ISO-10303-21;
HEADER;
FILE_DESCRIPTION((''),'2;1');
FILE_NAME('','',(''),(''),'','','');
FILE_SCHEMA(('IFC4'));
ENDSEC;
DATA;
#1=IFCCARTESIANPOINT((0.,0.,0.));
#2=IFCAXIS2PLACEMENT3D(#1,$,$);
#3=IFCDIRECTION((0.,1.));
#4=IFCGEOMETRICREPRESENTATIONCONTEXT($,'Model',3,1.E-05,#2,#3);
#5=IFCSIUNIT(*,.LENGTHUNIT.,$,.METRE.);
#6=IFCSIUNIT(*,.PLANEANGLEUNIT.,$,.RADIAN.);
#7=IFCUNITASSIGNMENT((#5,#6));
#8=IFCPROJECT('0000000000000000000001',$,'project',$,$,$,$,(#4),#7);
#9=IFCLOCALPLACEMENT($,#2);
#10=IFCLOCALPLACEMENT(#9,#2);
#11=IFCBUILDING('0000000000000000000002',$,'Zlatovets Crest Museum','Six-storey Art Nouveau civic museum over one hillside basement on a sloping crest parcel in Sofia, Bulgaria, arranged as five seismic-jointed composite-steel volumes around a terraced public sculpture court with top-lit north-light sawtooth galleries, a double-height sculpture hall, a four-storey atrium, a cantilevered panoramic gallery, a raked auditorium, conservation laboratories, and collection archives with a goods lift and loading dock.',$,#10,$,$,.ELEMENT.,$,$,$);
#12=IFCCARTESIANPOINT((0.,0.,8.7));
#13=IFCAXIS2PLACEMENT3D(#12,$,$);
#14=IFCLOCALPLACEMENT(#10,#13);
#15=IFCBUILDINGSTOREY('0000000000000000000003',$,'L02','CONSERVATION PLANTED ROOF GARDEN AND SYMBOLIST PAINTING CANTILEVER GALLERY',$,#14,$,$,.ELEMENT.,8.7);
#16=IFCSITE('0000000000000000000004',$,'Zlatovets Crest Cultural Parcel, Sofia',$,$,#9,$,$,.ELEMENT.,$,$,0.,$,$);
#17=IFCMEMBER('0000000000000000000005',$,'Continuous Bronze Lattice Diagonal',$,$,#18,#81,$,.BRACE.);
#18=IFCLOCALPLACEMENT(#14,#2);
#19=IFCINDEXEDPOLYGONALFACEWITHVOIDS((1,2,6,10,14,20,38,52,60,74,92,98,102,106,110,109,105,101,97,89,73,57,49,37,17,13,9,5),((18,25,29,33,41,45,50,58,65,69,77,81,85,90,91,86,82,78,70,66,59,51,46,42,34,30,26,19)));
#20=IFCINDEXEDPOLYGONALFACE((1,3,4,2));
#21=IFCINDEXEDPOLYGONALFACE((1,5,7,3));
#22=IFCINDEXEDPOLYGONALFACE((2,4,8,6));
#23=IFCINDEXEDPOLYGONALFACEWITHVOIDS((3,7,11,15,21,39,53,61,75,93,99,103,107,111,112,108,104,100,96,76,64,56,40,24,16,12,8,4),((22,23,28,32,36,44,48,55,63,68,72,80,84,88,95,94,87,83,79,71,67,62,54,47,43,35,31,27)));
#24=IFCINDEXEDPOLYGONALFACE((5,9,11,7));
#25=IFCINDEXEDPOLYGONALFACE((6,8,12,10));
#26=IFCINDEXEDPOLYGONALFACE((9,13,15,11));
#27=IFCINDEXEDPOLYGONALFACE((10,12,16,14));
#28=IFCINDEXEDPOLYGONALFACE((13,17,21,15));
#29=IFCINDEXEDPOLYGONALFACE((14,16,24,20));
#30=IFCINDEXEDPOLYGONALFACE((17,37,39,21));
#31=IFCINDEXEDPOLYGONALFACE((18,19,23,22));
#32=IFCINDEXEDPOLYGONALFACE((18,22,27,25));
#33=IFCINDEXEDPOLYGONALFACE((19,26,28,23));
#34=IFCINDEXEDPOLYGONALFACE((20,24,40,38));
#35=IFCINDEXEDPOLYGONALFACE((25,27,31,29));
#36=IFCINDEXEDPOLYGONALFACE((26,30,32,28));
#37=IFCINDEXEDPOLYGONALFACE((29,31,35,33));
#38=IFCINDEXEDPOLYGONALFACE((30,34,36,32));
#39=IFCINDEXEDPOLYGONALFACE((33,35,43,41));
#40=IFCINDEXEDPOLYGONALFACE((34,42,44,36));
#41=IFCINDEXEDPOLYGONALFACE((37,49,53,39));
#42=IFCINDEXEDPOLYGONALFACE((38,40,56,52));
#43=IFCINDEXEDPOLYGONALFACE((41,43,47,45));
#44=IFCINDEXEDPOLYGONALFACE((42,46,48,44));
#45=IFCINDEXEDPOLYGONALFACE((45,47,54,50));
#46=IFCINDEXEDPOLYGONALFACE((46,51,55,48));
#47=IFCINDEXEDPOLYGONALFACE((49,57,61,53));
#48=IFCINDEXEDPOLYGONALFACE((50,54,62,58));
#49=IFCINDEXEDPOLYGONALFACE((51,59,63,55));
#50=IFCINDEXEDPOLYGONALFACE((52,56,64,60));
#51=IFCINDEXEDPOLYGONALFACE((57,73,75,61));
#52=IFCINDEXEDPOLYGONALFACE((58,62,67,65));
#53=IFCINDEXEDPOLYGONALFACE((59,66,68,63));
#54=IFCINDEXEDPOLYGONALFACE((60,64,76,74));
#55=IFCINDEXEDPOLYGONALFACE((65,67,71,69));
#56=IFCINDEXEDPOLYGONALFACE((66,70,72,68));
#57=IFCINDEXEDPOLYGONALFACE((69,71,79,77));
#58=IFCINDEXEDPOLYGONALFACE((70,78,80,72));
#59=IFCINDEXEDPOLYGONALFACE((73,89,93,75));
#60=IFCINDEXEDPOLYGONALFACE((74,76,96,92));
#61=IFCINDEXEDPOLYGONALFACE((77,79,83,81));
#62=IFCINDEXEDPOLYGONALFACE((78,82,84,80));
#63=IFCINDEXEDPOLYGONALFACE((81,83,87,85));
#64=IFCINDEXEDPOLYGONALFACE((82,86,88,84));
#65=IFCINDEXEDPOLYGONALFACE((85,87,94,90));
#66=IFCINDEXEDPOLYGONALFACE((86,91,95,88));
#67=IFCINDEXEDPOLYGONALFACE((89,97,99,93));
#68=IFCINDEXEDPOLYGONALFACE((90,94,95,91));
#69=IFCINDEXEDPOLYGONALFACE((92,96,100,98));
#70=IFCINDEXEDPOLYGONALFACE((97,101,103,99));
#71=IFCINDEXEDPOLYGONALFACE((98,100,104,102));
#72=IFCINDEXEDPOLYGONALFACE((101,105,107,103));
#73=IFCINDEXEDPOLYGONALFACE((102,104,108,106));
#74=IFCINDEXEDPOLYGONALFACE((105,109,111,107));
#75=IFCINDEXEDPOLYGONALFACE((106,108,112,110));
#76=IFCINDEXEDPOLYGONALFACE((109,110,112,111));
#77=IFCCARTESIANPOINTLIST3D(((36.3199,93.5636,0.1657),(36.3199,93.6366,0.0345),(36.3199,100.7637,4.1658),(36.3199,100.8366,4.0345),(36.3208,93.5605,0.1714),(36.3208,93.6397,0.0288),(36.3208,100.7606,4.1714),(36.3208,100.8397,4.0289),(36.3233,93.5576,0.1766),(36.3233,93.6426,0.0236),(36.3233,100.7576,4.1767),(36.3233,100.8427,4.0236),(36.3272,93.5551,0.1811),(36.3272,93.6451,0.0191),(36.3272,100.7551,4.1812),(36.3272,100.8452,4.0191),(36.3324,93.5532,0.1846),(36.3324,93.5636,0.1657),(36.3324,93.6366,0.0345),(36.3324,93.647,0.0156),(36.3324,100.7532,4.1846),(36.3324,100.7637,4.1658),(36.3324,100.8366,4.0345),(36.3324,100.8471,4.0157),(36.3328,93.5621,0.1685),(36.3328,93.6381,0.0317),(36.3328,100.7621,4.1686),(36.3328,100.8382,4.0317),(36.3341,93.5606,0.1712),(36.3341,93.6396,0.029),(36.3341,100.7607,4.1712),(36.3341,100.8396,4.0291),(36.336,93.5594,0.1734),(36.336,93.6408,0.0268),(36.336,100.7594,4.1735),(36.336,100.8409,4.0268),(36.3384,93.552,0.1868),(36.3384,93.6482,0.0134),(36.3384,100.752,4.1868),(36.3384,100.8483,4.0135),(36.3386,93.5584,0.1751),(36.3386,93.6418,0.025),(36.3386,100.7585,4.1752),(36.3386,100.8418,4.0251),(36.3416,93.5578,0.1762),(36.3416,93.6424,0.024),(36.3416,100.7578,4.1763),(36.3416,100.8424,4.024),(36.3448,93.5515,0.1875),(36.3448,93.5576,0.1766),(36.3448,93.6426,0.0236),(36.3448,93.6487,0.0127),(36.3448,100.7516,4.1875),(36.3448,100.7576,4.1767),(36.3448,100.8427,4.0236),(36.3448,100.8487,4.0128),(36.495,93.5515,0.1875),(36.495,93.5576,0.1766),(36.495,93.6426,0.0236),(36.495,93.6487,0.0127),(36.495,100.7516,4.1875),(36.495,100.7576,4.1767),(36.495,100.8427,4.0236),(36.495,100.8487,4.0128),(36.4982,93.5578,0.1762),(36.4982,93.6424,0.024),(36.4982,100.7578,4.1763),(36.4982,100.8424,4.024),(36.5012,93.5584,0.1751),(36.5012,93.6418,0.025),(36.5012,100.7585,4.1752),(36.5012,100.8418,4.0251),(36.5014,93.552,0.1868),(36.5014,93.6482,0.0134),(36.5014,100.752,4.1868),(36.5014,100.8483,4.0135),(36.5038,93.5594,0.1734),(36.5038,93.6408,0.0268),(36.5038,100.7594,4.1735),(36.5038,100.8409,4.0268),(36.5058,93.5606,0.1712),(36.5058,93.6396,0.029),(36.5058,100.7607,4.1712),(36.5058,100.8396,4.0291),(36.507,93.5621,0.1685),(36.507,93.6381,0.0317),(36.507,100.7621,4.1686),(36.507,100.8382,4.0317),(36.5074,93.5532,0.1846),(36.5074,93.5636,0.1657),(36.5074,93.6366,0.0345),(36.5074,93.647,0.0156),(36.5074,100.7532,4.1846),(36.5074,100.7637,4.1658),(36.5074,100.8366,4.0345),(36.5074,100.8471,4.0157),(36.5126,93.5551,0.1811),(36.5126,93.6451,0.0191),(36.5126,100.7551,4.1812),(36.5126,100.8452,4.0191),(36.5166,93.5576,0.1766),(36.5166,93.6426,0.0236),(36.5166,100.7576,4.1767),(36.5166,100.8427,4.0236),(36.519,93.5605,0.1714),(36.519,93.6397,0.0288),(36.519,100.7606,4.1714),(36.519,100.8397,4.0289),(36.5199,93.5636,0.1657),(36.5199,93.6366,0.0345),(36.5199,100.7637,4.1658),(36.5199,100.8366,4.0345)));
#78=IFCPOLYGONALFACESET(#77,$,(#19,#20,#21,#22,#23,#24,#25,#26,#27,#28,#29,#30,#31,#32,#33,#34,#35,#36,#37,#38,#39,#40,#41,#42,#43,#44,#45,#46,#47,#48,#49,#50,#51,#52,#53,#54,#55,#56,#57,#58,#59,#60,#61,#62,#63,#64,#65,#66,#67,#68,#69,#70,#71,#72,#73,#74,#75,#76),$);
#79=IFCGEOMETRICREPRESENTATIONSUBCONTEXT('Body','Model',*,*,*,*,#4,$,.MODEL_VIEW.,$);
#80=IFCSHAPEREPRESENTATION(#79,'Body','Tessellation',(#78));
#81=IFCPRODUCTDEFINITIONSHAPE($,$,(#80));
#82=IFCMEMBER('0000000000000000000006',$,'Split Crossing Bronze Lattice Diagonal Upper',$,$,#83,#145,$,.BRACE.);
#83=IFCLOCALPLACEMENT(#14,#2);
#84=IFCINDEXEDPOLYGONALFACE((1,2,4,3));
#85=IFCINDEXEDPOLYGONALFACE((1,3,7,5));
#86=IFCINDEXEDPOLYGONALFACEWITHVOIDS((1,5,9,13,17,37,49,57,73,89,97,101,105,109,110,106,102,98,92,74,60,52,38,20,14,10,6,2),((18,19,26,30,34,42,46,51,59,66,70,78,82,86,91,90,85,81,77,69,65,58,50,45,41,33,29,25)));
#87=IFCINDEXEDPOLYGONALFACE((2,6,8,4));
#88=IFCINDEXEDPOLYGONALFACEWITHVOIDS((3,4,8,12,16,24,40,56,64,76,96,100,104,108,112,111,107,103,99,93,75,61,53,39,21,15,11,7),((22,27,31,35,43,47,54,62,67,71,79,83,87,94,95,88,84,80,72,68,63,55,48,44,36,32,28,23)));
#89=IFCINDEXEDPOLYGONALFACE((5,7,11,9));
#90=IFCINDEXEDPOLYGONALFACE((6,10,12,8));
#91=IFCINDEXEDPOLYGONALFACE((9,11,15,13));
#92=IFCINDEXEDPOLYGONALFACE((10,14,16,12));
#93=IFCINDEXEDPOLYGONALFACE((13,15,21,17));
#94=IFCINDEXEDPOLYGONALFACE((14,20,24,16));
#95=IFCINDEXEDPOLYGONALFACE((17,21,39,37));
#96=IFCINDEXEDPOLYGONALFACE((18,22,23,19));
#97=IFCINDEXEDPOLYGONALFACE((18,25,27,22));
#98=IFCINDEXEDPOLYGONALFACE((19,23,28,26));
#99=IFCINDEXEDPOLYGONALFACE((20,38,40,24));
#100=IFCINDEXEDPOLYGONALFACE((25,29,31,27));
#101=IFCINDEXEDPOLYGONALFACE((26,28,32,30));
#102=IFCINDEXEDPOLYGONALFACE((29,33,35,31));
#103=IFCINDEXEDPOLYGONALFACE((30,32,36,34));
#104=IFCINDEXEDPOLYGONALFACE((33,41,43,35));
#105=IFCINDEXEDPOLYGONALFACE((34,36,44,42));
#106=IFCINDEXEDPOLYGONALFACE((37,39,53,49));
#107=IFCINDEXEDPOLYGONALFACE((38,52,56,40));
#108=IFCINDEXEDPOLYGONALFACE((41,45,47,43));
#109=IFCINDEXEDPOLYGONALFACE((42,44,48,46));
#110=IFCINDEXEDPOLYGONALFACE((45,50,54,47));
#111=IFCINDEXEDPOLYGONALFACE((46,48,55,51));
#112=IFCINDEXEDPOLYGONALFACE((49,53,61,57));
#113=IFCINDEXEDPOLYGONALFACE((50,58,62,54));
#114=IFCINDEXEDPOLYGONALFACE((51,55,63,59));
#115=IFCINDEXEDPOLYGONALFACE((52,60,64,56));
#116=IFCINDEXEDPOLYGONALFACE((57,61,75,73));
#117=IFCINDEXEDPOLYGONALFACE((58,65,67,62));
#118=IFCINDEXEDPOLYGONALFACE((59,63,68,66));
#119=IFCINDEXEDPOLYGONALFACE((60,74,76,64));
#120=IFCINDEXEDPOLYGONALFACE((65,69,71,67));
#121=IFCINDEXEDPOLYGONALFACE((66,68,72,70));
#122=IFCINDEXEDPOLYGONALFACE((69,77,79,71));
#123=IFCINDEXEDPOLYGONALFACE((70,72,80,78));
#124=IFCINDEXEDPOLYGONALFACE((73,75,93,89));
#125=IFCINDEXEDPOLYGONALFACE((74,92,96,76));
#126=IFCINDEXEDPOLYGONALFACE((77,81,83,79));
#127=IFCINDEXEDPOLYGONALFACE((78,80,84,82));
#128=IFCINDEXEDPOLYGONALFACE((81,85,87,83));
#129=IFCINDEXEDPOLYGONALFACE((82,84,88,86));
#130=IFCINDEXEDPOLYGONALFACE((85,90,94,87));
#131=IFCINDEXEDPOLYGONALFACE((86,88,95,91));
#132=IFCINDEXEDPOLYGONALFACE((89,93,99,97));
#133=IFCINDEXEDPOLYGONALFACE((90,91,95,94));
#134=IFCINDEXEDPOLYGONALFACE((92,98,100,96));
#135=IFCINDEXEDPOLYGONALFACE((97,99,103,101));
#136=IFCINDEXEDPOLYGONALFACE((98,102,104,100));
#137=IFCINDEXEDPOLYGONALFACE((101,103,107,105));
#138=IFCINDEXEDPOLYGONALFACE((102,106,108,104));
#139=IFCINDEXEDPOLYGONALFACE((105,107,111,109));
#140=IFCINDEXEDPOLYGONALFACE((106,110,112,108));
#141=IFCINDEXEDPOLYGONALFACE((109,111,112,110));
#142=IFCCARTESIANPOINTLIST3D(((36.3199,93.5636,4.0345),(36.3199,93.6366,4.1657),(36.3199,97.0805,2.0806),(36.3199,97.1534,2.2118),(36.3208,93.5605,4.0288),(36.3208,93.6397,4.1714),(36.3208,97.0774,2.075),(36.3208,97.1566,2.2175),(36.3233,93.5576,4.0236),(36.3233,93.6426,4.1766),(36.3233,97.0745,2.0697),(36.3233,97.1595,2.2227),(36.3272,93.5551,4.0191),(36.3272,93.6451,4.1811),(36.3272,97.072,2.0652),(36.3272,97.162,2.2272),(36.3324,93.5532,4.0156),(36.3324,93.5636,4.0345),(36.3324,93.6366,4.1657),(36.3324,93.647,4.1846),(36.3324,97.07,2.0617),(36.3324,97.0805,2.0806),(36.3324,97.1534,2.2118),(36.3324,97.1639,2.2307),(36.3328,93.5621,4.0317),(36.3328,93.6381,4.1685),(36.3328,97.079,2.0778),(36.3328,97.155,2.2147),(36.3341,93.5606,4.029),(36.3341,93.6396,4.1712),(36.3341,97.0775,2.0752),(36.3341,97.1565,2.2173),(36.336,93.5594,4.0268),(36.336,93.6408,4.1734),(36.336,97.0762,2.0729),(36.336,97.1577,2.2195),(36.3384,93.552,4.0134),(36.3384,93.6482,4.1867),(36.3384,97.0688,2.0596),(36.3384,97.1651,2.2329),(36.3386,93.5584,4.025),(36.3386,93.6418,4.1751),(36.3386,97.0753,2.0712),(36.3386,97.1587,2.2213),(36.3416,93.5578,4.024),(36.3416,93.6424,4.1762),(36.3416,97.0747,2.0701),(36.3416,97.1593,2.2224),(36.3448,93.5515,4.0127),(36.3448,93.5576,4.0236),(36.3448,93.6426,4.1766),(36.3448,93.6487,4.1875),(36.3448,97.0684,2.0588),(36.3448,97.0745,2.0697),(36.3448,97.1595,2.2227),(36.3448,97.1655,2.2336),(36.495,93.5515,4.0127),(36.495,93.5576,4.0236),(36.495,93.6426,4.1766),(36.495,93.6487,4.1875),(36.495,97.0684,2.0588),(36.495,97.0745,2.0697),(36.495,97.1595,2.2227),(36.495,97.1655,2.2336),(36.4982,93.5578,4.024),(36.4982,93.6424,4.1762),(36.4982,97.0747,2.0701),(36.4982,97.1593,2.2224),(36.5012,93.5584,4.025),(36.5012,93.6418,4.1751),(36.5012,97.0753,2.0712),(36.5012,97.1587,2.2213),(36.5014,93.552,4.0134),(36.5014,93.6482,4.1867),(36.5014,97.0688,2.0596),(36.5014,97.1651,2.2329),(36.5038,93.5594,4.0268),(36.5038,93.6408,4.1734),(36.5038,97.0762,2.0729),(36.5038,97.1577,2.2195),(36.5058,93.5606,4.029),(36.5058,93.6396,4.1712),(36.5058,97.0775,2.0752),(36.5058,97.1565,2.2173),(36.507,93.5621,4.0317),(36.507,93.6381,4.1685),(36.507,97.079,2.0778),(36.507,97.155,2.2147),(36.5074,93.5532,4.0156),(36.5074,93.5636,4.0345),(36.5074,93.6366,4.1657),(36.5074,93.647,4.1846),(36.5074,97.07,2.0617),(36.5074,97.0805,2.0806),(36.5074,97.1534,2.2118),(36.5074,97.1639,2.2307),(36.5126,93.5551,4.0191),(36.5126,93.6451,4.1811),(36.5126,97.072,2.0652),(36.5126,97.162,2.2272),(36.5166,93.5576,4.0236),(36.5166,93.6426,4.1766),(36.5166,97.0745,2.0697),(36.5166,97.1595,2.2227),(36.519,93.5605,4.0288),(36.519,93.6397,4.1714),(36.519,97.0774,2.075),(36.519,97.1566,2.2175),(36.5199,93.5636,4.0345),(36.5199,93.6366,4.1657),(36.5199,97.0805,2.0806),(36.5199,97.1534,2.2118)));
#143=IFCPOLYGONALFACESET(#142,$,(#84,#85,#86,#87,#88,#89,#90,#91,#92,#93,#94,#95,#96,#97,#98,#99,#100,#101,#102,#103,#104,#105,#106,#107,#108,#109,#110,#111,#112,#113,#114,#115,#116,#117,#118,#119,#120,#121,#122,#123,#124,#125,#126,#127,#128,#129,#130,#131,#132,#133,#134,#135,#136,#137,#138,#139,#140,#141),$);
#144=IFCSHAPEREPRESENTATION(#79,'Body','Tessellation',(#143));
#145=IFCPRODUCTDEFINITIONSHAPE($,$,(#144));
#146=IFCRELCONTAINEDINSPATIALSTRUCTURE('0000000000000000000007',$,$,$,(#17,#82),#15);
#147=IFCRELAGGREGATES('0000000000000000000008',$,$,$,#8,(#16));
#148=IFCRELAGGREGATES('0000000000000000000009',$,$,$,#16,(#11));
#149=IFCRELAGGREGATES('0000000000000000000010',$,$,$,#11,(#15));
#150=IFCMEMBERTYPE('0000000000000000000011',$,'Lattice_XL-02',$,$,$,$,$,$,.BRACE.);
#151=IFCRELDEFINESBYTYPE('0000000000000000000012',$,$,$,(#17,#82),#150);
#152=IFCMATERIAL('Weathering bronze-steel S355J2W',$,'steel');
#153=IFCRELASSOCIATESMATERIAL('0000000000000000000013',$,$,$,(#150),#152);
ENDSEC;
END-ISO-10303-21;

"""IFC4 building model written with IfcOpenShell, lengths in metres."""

from ifc_helpers import new_model, si_unit, direction, frame, origin, origin_2d, place, context, subcontext, project, spatial, hollow_rectangle, extrude, material, material_profile, profile_set, type_object, element, save


model = new_model("IFC4")

# Units and contexts
model_context = context("Model", 3, precision=1e-05, world=origin(), true_north=direction((0.0, 1.0)))
body_context = subcontext(model_context, "Body", "Model", "MODEL_VIEW")
ifc_project = project(units=[si_unit("LENGTHUNIT", "METRE"), si_unit("PLANEANGLEUNIT", "RADIAN")], contexts=[model_context])

# Site, building, storey
site_placement = place(None, origin())
site = spatial("IfcSite", under=ifc_project, at=site_placement, Name="Zlatovets Crest Cultural Parcel, Sofia", CompositionType="ELEMENT", RefElevation=0.0)
building_placement = place(site_placement, origin())
building = spatial("IfcBuilding", under=site, at=building_placement, Name="Zlatovets Crest Museum", Description="Six-storey Art Nouveau civic museum over one hillside basement on a sloping crest parcel in Sofia, Bulgaria, arranged as five seismic-jointed composite-steel volumes around a terraced public sculpture court with top-lit north-light sawtooth galleries, a double-height sculpture hall, a four-storey atrium, a cantilevered panoramic gallery, a raked auditorium, conservation laboratories, and collection archives with a goods lift and loading dock.", CompositionType="ELEMENT")
storey_placement = place(building_placement, frame((0.0, 0.0, 8.7)))
storey = spatial("IfcBuildingStorey", under=building, at=storey_placement, Name="L02", Description="CONSERVATION PLANTED ROOF GARDEN AND SYMBOLIST PAINTING CANTILEVER GALLERY", CompositionType="ELEMENT", Elevation=8.7)

# Members
ifc_material_1 = material(Name="Weathering bronze-steel S355J2W", Category="steel")
ifc_material_profile_1 = material_profile(ifc_material_1, hollow_rectangle(XDim=0.2, YDim=0.2, WallThickness=0.0125, InnerFilletRadius=0.0125, OuterFilletRadius=0.0249, at=origin_2d()), Name="SHS 200x200x12.5")
ifc_profile_set_1 = profile_set([ifc_material_profile_1], Name="Weathering bronze-steel S355J2W")
member_type_1 = type_object("IfcMemberType", Name="Lattice_XL-02", PredefinedType="BRACE", material=ifc_profile_set_1)
member_1_placement = place(storey_placement, frame((36.4199, 93.6001, 0.1001), z_axis=(0.0, 0.874156, 0.485645), x_axis=(-1.0, 0.0, 0.0)))
element("IfcMember", 1, at=member_1_placement, inside=storey, type_object=member_type_1, Name="Continuous Bronze Lattice Diagonal", PredefinedType="BRACE", context=body_context, shape_type="SweptSolid", body=[
    extrude(hollow_rectangle(XDim=0.2, YDim=0.2, WallThickness=0.0125, InnerFilletRadius=0.0125, OuterFilletRadius=0.0249, at=origin_2d()), origin(), (0.0, 0.0, 1.0), 8.2366),
])
member_2_placement = place(storey_placement, frame((36.4199, 93.6001, 4.1001), z_axis=(0.0, 0.874152, -0.485653), x_axis=(-1.0, 0.0, 0.0)))
element("IfcMember", 2, at=member_2_placement, inside=storey, type_object=member_type_1, Name="Split Crossing Bronze Lattice Diagonal Upper", PredefinedType="BRACE", context=body_context, shape_type="SweptSolid", body=[
    extrude(hollow_rectangle(XDim=0.2, YDim=0.2, WallThickness=0.0125, InnerFilletRadius=0.0125, OuterFilletRadius=0.0249, at=origin_2d()), origin(), (0.0, 0.0, 1.0), 4.0232),
])

save(model, "model.ifc")
